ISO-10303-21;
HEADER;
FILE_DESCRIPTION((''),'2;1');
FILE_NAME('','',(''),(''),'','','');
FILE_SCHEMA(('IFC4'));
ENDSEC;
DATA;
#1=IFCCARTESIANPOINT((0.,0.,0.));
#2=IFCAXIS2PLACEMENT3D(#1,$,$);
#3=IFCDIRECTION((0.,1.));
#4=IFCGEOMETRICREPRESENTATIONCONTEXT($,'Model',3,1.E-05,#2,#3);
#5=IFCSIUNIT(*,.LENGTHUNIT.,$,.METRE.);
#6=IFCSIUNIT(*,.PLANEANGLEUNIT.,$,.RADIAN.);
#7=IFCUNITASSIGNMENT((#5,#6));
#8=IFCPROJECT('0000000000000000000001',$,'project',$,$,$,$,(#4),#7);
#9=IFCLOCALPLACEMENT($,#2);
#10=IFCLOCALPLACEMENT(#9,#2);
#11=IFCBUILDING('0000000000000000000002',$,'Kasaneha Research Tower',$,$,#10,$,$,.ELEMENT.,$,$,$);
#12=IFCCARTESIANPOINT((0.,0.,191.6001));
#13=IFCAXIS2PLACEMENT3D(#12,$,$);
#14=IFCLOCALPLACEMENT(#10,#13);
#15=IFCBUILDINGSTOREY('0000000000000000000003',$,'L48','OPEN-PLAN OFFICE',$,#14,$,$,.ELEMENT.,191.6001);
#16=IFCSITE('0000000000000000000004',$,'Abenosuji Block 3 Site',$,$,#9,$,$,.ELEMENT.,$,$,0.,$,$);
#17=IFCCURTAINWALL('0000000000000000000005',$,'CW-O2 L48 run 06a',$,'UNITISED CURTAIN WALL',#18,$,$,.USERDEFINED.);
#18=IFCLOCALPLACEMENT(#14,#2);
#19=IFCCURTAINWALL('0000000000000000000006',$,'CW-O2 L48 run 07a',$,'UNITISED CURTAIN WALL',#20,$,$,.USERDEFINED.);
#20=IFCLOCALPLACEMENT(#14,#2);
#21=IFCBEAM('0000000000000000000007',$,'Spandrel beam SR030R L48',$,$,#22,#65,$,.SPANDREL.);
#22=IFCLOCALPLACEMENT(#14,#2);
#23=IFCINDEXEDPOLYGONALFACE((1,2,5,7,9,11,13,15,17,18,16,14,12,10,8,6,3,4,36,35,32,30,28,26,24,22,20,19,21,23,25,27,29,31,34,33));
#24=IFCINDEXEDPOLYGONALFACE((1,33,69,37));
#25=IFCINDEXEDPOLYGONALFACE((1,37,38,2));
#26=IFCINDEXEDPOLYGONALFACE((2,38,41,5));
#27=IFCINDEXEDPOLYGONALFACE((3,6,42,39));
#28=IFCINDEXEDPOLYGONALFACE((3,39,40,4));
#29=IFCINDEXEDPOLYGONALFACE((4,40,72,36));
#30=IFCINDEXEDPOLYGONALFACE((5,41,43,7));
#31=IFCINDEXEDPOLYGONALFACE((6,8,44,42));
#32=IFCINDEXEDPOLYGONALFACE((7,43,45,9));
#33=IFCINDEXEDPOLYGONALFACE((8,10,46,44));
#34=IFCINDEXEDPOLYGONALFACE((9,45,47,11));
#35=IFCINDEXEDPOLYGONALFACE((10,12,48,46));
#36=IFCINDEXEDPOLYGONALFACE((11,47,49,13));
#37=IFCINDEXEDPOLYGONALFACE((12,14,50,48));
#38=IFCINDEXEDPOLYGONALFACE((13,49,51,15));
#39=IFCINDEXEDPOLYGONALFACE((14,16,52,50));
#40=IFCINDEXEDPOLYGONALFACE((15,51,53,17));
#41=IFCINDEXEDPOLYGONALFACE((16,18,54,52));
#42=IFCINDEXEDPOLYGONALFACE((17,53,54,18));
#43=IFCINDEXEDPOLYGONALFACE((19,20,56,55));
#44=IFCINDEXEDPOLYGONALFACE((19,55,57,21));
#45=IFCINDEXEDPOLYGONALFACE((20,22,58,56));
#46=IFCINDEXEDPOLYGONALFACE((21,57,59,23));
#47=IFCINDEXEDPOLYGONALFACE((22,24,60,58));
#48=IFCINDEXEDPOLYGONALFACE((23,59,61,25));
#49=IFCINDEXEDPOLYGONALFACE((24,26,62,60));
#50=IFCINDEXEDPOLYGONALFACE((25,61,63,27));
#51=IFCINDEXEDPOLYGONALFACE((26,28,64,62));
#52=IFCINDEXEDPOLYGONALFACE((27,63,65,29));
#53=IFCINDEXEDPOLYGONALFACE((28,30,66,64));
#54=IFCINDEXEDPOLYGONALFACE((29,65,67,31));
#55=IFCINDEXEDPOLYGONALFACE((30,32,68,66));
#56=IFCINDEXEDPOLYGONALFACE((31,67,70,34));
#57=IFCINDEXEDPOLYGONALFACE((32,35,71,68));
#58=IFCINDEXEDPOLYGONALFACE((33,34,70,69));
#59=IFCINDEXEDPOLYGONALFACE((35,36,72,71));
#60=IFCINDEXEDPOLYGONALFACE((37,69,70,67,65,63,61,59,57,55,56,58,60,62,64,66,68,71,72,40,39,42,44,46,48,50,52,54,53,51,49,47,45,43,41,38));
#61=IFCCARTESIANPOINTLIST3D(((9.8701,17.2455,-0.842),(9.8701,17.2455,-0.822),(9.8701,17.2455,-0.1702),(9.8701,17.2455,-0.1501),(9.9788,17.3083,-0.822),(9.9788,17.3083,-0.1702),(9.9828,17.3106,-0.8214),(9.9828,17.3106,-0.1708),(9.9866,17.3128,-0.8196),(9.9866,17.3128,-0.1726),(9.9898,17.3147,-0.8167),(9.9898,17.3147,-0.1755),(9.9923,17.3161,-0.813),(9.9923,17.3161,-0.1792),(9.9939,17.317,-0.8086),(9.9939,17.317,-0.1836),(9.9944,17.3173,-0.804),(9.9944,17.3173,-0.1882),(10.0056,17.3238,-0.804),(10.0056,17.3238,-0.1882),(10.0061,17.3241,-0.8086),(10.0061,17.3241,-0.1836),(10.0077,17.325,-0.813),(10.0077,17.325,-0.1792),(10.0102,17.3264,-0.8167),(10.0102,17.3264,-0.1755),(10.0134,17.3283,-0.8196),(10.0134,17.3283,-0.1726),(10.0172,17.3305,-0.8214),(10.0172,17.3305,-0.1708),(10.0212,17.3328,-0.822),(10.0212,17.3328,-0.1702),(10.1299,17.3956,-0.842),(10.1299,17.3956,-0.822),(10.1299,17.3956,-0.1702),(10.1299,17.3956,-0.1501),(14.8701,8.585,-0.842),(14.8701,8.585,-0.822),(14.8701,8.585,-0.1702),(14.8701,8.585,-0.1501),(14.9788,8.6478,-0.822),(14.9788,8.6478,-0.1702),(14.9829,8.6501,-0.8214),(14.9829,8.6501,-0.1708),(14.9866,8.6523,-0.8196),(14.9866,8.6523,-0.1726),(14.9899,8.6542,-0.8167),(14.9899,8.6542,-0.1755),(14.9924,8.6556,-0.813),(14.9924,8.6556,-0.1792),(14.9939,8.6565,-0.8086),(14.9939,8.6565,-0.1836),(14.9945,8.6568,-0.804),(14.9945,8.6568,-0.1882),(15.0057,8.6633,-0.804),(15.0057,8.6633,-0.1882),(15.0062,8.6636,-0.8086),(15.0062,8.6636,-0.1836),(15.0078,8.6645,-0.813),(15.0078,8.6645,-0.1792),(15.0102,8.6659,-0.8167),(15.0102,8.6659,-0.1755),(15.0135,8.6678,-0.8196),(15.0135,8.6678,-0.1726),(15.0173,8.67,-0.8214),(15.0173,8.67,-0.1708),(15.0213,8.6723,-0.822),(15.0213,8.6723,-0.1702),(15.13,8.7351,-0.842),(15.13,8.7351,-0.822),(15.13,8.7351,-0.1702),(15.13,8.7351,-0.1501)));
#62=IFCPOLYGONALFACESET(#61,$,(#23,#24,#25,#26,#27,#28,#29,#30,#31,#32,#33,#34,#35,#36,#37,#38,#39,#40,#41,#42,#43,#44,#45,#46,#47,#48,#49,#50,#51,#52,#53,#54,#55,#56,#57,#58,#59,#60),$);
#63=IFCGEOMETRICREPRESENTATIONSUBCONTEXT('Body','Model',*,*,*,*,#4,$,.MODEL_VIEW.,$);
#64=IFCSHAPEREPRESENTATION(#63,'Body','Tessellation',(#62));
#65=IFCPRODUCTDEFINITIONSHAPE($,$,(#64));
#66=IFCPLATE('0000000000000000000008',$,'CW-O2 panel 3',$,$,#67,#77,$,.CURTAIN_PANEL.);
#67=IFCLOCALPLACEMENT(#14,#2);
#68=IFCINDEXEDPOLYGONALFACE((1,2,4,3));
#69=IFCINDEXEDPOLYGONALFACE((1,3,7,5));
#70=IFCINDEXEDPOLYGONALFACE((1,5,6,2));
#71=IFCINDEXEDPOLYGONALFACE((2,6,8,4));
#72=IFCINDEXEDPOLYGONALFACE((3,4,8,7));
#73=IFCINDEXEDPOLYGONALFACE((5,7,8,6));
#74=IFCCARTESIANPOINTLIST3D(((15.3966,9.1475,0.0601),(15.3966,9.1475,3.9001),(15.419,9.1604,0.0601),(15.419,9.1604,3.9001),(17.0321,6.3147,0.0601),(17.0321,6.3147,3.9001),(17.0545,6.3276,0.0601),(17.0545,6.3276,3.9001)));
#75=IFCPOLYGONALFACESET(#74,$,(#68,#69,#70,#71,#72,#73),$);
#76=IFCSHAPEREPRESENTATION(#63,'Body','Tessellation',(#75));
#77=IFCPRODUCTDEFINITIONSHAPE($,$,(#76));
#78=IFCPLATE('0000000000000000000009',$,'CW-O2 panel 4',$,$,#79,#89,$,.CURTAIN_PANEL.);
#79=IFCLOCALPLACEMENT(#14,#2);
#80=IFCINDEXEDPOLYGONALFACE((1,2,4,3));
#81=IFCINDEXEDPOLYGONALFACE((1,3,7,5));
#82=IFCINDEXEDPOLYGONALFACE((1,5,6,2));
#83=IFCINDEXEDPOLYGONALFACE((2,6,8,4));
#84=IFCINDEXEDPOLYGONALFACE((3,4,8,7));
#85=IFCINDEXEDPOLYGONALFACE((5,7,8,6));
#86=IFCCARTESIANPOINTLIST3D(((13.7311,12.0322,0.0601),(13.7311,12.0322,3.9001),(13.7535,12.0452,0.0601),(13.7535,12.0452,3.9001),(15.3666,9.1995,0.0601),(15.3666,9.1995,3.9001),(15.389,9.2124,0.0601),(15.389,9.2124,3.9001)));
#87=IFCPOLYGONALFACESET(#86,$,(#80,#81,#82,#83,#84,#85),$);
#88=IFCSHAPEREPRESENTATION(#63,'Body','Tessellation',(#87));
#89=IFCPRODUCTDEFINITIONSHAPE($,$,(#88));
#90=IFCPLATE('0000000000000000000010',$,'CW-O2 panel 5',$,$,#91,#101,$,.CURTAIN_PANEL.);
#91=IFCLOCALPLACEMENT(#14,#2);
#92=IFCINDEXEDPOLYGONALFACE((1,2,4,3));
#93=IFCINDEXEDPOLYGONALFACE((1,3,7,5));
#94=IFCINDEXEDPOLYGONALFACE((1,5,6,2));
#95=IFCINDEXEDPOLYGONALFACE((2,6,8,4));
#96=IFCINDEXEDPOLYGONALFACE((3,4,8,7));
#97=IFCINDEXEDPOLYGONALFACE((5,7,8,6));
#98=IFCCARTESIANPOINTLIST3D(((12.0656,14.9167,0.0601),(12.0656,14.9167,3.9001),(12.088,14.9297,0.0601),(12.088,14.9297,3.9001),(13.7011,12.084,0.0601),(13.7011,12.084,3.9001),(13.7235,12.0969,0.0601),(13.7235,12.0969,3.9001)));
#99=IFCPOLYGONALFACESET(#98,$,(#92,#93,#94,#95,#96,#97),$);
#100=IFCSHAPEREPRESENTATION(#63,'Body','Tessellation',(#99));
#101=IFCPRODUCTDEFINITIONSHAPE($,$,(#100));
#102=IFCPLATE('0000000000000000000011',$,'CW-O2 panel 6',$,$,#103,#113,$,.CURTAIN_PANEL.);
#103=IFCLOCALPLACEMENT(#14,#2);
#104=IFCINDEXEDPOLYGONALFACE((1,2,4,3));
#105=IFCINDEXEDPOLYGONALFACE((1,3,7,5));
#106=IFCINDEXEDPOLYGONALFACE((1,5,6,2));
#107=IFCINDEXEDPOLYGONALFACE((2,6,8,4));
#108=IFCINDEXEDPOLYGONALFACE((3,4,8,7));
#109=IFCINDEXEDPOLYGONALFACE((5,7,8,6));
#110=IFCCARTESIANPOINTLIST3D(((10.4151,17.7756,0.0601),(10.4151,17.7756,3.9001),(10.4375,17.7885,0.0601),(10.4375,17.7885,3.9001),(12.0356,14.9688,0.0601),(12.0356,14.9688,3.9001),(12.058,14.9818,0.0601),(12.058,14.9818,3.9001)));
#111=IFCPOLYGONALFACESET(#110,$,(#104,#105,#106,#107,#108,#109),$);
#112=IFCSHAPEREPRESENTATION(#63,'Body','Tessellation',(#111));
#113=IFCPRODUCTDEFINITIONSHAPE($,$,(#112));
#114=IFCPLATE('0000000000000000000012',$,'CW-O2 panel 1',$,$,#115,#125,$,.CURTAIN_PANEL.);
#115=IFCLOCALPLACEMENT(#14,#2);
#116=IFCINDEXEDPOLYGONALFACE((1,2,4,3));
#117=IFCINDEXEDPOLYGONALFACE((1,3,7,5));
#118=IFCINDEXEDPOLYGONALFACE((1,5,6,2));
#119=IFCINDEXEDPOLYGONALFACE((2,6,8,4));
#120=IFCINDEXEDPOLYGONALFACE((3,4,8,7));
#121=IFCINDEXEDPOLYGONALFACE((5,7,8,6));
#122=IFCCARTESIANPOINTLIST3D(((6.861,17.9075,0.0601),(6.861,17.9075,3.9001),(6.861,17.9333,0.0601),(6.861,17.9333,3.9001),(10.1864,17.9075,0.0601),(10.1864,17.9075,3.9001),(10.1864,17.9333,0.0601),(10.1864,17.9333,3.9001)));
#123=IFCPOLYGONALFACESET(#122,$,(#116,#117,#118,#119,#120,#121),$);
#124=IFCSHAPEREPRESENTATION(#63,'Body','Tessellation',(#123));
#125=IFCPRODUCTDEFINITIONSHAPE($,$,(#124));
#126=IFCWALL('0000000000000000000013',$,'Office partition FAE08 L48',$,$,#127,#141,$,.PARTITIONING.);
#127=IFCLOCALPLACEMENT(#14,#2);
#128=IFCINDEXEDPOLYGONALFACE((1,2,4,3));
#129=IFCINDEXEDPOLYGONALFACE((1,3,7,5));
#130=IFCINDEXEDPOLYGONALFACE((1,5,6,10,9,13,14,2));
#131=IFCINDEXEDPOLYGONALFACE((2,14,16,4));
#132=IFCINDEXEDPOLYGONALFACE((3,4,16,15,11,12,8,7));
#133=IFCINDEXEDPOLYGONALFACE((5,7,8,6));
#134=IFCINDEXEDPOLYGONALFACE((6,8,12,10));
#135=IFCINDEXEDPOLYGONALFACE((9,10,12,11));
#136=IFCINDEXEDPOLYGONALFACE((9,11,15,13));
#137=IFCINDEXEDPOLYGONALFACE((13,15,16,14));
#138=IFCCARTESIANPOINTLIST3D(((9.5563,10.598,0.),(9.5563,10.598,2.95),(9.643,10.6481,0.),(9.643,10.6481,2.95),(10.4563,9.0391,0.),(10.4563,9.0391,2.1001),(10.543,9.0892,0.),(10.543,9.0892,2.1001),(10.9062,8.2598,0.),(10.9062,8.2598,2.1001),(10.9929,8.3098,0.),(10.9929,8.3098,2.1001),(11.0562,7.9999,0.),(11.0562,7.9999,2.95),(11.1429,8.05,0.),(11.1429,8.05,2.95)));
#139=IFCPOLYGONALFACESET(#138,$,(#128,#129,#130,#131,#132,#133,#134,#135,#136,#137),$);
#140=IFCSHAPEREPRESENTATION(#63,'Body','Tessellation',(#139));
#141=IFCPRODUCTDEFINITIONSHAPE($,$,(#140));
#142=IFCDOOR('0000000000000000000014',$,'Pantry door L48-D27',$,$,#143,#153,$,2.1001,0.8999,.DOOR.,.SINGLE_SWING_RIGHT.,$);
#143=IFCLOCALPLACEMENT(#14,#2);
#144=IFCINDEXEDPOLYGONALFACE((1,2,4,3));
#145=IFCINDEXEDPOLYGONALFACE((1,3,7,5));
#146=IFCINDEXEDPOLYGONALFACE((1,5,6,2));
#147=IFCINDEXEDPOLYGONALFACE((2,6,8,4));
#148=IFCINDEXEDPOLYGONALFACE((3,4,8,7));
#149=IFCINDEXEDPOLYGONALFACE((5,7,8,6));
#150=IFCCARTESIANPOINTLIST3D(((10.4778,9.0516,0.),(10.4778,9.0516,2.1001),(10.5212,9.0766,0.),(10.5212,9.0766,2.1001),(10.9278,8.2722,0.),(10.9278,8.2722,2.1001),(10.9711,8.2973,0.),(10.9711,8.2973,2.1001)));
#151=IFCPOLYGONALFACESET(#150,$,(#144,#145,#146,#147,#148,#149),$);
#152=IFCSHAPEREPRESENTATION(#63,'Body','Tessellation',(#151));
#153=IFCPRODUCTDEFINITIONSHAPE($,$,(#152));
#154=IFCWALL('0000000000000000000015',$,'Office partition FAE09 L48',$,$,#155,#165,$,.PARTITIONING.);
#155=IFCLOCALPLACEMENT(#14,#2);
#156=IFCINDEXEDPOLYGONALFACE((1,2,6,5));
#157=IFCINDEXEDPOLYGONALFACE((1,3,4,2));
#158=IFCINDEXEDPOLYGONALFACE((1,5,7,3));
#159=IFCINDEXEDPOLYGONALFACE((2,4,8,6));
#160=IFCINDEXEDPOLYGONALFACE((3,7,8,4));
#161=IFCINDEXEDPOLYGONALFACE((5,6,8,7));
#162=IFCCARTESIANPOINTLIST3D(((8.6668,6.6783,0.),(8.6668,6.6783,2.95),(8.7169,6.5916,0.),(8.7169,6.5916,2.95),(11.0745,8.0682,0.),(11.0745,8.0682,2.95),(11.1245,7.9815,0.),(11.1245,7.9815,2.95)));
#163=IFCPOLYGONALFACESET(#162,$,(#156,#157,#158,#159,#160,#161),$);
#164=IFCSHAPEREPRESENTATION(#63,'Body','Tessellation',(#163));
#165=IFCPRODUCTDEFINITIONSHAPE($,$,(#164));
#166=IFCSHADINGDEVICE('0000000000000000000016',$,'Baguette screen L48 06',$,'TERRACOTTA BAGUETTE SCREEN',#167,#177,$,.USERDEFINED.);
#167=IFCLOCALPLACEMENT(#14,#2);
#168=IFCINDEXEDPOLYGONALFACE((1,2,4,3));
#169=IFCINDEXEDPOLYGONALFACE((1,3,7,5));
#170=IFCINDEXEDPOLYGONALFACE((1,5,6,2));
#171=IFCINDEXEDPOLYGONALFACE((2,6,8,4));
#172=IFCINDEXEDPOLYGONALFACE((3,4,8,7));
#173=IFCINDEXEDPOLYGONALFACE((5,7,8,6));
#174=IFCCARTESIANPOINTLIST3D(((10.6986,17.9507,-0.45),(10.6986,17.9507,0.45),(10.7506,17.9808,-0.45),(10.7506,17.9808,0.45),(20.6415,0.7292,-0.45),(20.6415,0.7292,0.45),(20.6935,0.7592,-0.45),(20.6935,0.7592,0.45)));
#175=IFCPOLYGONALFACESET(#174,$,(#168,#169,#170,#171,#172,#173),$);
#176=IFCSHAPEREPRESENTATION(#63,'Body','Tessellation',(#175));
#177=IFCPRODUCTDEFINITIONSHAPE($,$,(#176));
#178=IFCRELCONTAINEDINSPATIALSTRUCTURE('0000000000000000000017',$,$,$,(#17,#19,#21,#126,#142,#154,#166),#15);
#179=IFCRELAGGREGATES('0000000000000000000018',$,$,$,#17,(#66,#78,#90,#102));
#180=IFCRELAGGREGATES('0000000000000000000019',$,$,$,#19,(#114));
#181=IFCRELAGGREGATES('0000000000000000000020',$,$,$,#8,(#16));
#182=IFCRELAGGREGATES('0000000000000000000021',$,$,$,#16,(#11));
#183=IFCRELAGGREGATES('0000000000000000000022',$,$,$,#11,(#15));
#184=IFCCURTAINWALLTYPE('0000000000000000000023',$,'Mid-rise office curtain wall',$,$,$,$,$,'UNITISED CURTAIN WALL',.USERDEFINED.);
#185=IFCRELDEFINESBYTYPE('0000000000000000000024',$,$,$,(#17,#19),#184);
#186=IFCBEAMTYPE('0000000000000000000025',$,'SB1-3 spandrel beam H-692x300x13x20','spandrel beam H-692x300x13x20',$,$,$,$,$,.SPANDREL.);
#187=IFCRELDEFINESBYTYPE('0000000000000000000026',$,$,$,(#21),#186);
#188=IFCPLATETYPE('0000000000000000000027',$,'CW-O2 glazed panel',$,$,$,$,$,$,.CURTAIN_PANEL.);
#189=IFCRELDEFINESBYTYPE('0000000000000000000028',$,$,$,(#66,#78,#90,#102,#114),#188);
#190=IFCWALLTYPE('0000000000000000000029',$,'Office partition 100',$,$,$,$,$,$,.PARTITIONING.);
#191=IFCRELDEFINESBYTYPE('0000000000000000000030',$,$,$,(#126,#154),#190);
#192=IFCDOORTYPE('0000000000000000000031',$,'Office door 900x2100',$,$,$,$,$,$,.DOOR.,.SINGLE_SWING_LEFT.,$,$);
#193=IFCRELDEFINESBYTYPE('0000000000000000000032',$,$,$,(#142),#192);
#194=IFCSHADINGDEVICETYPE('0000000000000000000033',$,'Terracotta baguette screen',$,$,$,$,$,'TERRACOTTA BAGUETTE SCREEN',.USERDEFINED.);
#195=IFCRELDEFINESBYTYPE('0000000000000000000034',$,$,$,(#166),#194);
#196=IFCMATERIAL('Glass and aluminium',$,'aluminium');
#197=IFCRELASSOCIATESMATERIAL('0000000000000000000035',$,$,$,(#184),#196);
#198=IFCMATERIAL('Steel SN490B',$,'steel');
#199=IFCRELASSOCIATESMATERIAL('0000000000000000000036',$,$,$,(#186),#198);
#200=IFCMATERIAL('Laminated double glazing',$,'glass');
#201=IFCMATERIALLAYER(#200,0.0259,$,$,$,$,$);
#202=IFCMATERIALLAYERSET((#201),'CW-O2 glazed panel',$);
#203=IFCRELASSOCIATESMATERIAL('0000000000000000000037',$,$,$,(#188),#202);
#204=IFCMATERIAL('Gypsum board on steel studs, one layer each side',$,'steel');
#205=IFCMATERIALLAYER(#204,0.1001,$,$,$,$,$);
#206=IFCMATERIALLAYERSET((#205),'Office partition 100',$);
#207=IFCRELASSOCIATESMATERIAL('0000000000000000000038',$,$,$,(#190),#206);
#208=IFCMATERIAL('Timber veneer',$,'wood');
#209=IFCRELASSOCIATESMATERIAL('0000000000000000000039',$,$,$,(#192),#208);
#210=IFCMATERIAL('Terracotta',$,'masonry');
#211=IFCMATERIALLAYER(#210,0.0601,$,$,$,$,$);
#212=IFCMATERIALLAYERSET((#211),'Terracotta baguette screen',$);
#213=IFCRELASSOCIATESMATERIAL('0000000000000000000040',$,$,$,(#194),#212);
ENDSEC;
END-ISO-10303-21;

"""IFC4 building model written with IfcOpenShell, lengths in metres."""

from ifc_helpers import new_model, si_unit, direction, frame, frame_2d, origin, origin_2d, place, context, subcontext, project, spatial, rectangle, i_section, extrude, material, layer, layer_set, material_profile, profile_set, type_object, element, fill, aggregate, save


model = new_model("IFC4")

# Units and contexts
model_context = context("Model", 3, precision=1e-05, world=origin(), true_north=direction((0.0, 1.0)))
body_context = subcontext(model_context, "Body", "Model", "MODEL_VIEW")
ifc_project = project(units=[si_unit("LENGTHUNIT", "METRE"), si_unit("PLANEANGLEUNIT", "RADIAN")], contexts=[model_context])

# Site, building, storey
site_placement = place(None, origin())
site = spatial("IfcSite", under=ifc_project, at=site_placement, Name="Abenosuji Block 3 Site", CompositionType="ELEMENT", RefElevation=0.0)
building_placement = place(site_placement, origin())
building = spatial("IfcBuilding", under=site, at=building_placement, Name="Kasaneha Research Tower", CompositionType="ELEMENT")
storey_placement = place(building_placement, frame((0.0, 0.0, 191.6001)))
storey = spatial("IfcBuildingStorey", under=building, at=storey_placement, Name="L48", Description="OPEN-PLAN OFFICE", CompositionType="ELEMENT", Elevation=191.6001)

# Curtain wall
ifc_material_1 = material(Name="Glass and aluminium", Category="aluminium")
curtain_wall_type = type_object("IfcCurtainWallType", Name="Mid-rise office curtain wall", ElementType="UNITISED CURTAIN WALL", PredefinedType="USERDEFINED", material=ifc_material_1)
curtain_wall_1_placement = place(storey_placement, origin())
curtain_wall_1 = element("IfcCurtainWall", 1, at=curtain_wall_1_placement, inside=storey, type_object=curtain_wall_type, Name="CW-O2 L48 run 06a", ObjectType="UNITISED CURTAIN WALL", PredefinedType="USERDEFINED")

# Curtain wall
curtain_wall_2_placement = place(storey_placement, origin())
curtain_wall_2 = element("IfcCurtainWall", 2, at=curtain_wall_2_placement, inside=storey, type_object=curtain_wall_type, Name="CW-O2 L48 run 07a", ObjectType="UNITISED CURTAIN WALL", PredefinedType="USERDEFINED")

# Beam
ifc_material_2 = material(Name="Steel SN490B", Category="steel")
ifc_material_profile_1 = material_profile(ifc_material_2, i_section(OverallWidth=0.3, OverallDepth=0.6919, WebThickness=0.0129, FlangeThickness=0.02, FilletRadius=0.0181, at=origin_2d()), Name="H-692x300x13x20")
ifc_profile_set_1 = profile_set([ifc_material_profile_1], Name="Steel SN490B")
beam_type_1 = type_object("IfcBeamType", Name="SB1-3 spandrel beam H-692x300x13x20", Description="spandrel beam H-692x300x13x20", PredefinedType="SPANDREL", material=ifc_profile_set_1)
beam_1_placement = place(storey_placement, frame((10.0, 17.3206, -0.4961), z_axis=(0.499994, -0.866029, 0.0), x_axis=(0.866029, 0.499994, 0.0)))
element("IfcBeam", 3, at=beam_1_placement, inside=storey, type_object=beam_type_1, Name="Spandrel beam SR030R L48", PredefinedType="SPANDREL", context=body_context, shape_type="SweptSolid", body=[
    extrude(i_section(OverallWidth=0.3, OverallDepth=0.6919, WebThickness=0.0129, FlangeThickness=0.02, FilletRadius=0.0181, at=origin_2d()), origin(), (0.0, 0.0, 1.0), 10.0002),
])

# Plates
ifc_material_3 = material(Name="Laminated double glazing", Category="glass")
ifc_layer_1 = layer(ifc_material_3, 0.0259)
ifc_layer_set_1 = layer_set([ifc_layer_1], Name="CW-O2 glazed panel")
plate_type = type_object("IfcPlateType", Name="CW-O2 glazed panel", PredefinedType="CURTAIN_PANEL", material=ifc_layer_set_1)
plate_1_placement = place(storey_placement, frame((16.2256, 7.7375, 0.0601), z_axis=(0.0, 0.0, 1.0), x_axis=(-0.5, 0.866025, 0.0)))
plate_1 = element("IfcPlate", 4, at=plate_1_placement, type_object=plate_type, Name="CW-O2 panel 3", PredefinedType="CURTAIN_PANEL", context=body_context, shape_type="SweptSolid", body=[
    extrude(rectangle(XDim=3.271, YDim=0.0259, at=origin_2d()), origin(), (0.0, 0.0, 1.0), 3.8401),
])
plate_2_placement = place(storey_placement, frame((14.5601, 10.6223, 0.0601), z_axis=(0.0, 0.0, 1.0), x_axis=(-0.5, 0.866025, 0.0)))
plate_2 = element("IfcPlate", 5, at=plate_2_placement, type_object=plate_type, Name="CW-O2 panel 4", PredefinedType="CURTAIN_PANEL", context=body_context, shape_type="SweptSolid", body=[
    extrude(rectangle(XDim=3.271, YDim=0.0259, at=origin_2d()), origin(), (0.0, 0.0, 1.0), 3.8401),
])
plate_3_placement = place(storey_placement, frame((12.8945, 13.5068, 0.0601), z_axis=(0.0, 0.0, 1.0), x_axis=(-0.5, 0.866025, 0.0)))
plate_3 = element("IfcPlate", 6, at=plate_3_placement, type_object=plate_type, Name="CW-O2 panel 5", PredefinedType="CURTAIN_PANEL", context=body_context, shape_type="SweptSolid", body=[
    extrude(rectangle(XDim=3.271, YDim=0.0259, at=origin_2d()), origin(), (0.0, 0.0, 1.0), 3.8401),
])
plate_4_placement = place(storey_placement, frame((11.2366, 16.3787, 0.0601), z_axis=(0.0, 0.0, 1.0), x_axis=(-0.5, 0.866025, 0.0)))
plate_4 = element("IfcPlate", 7, at=plate_4_placement, type_object=plate_type, Name="CW-O2 panel 6", PredefinedType="CURTAIN_PANEL", context=body_context, shape_type="SweptSolid", body=[
    extrude(rectangle(XDim=3.241, YDim=0.0259, at=origin_2d()), origin(), (0.0, 0.0, 1.0), 3.8401),
])
aggregate(curtain_wall_1, [plate_1, plate_2, plate_3, plate_4])
plate_5_placement = place(storey_placement, frame((8.5237, 17.9204, 0.0601), z_axis=(0.0, 0.0, 1.0), x_axis=(-1.0, 0.0, 0.0)))
plate_5 = element("IfcPlate", 8, at=plate_5_placement, type_object=plate_type, Name="CW-O2 panel 1", PredefinedType="CURTAIN_PANEL", context=body_context, shape_type="SweptSolid", body=[
    extrude(rectangle(XDim=3.3254, YDim=0.0259, at=origin_2d()), origin(), (0.0, 0.0, 1.0), 3.8401),
])
aggregate(curtain_wall_2, [plate_5])

# Wall, opening, door
ifc_material_4 = material(Name="Gypsum board on steel studs, one layer each side", Category="steel")
ifc_layer_2 = layer(ifc_material_4, 0.1001)
ifc_layer_set_2 = layer_set([ifc_layer_2], Name="Office partition 100")
wall_type = type_object("IfcWallType", Name="Office partition 100", PredefinedType="PARTITIONING", material=ifc_layer_set_2)
wall_1_placement = place(storey_placement, frame((9.5996, 10.623, 0.0), z_axis=(0.0, 0.0, 1.0), x_axis=(0.49999, -0.866031, 0.0)))
wall_1 = element("IfcWall", 9, at=wall_1_placement, inside=storey, type_object=wall_type, Name="Office partition FAE08 L48", PredefinedType="PARTITIONING", context=body_context, shape_type="SweptSolid", body=[
    extrude(rectangle(XDim=3.0, YDim=0.1001, at=frame_2d((1.5, 0.0))), origin(), (0.0, 0.0, 1.0), 2.95),
])
opening_placement = place(wall_1_placement, frame((1.8, 0.0, 0.0)))
opening = element("IfcOpeningElement", 10, at=opening_placement, cuts=wall_1, PredefinedType="OPENING", context=body_context, shape_type="SweptSolid", body=[
    extrude(rectangle(XDim=0.8999, YDim=2.1001, at=frame_2d((0.45, 1.05))), frame((0.0, 0.0601, 0.0), z_axis=(0.0, -1.0, 0.0), x_axis=(1.0, 0.0, 0.0)), (0.0, 0.0, 1.0), 0.1201),
])
ifc_material_5 = material(Name="Timber veneer", Category="wood")
door_type = type_object("IfcDoorType", Name="Office door 900x2100", OperationType="SINGLE_SWING_LEFT", PredefinedType="DOOR", material=ifc_material_5)
door_placement = place(opening_placement, origin())
door = element("IfcDoor", 11, at=door_placement, inside=storey, type_object=door_type, Name="Pantry door L48-D27", OperationType="SINGLE_SWING_RIGHT", OverallHeight=2.1001, OverallWidth=0.8999, PredefinedType="DOOR", context=body_context, shape_type="SweptSolid", body=[
    extrude(rectangle(XDim=0.8999, YDim=2.1001, at=frame_2d((0.45, 1.05))), frame((0.0, 0.0249, 0.0), z_axis=(0.0, -1.0, 0.0), x_axis=(1.0, 0.0, 0.0)), (0.0, 0.0, 1.0), 0.05),
])
fill(opening, door)

# Wall
wall_2_placement = place(storey_placement, frame((11.0996, 8.0249, 0.0), z_axis=(0.0, 0.0, 1.0), x_axis=(-0.866057, -0.499945, 0.0)))
element("IfcWall", 12, at=wall_2_placement, inside=storey, type_object=wall_type, Name="Office partition FAE09 L48", PredefinedType="PARTITIONING", context=body_context, shape_type="SweptSolid", body=[
    extrude(rectangle(XDim=2.78, YDim=0.1001, at=frame_2d((1.3901, 0.0))), origin(), (0.0, 0.0, 1.0), 2.95),
])

# Shading device
ifc_material_6 = material(Name="Terracotta", Category="masonry")
ifc_layer_3 = layer(ifc_material_6, 0.0601)
ifc_layer_set_3 = layer_set([ifc_layer_3], Name="Terracotta baguette screen")
shading_device_type = type_object("IfcShadingDeviceType", Name="Terracotta baguette screen", ElementType="TERRACOTTA BAGUETTE SCREEN", PredefinedType="USERDEFINED", material=ifc_layer_set_3)
shading_device_placement = place(storey_placement, frame((15.696, 9.355, -0.45), z_axis=(0.0, 0.0, 1.0), x_axis=(-0.5, 0.866025, 0.0)))
element("IfcShadingDevice", 13, at=shading_device_placement, inside=storey, type_object=shading_device_type, Name="Baguette screen L48 06", ObjectType="TERRACOTTA BAGUETTE SCREEN", PredefinedType="USERDEFINED", context=body_context, shape_type="SweptSolid", body=[
    extrude(rectangle(XDim=19.8857, YDim=0.0601, at=origin_2d()), origin(), (0.0, 0.0, 1.0), 0.8999),
])

save(model, "model.ifc")
